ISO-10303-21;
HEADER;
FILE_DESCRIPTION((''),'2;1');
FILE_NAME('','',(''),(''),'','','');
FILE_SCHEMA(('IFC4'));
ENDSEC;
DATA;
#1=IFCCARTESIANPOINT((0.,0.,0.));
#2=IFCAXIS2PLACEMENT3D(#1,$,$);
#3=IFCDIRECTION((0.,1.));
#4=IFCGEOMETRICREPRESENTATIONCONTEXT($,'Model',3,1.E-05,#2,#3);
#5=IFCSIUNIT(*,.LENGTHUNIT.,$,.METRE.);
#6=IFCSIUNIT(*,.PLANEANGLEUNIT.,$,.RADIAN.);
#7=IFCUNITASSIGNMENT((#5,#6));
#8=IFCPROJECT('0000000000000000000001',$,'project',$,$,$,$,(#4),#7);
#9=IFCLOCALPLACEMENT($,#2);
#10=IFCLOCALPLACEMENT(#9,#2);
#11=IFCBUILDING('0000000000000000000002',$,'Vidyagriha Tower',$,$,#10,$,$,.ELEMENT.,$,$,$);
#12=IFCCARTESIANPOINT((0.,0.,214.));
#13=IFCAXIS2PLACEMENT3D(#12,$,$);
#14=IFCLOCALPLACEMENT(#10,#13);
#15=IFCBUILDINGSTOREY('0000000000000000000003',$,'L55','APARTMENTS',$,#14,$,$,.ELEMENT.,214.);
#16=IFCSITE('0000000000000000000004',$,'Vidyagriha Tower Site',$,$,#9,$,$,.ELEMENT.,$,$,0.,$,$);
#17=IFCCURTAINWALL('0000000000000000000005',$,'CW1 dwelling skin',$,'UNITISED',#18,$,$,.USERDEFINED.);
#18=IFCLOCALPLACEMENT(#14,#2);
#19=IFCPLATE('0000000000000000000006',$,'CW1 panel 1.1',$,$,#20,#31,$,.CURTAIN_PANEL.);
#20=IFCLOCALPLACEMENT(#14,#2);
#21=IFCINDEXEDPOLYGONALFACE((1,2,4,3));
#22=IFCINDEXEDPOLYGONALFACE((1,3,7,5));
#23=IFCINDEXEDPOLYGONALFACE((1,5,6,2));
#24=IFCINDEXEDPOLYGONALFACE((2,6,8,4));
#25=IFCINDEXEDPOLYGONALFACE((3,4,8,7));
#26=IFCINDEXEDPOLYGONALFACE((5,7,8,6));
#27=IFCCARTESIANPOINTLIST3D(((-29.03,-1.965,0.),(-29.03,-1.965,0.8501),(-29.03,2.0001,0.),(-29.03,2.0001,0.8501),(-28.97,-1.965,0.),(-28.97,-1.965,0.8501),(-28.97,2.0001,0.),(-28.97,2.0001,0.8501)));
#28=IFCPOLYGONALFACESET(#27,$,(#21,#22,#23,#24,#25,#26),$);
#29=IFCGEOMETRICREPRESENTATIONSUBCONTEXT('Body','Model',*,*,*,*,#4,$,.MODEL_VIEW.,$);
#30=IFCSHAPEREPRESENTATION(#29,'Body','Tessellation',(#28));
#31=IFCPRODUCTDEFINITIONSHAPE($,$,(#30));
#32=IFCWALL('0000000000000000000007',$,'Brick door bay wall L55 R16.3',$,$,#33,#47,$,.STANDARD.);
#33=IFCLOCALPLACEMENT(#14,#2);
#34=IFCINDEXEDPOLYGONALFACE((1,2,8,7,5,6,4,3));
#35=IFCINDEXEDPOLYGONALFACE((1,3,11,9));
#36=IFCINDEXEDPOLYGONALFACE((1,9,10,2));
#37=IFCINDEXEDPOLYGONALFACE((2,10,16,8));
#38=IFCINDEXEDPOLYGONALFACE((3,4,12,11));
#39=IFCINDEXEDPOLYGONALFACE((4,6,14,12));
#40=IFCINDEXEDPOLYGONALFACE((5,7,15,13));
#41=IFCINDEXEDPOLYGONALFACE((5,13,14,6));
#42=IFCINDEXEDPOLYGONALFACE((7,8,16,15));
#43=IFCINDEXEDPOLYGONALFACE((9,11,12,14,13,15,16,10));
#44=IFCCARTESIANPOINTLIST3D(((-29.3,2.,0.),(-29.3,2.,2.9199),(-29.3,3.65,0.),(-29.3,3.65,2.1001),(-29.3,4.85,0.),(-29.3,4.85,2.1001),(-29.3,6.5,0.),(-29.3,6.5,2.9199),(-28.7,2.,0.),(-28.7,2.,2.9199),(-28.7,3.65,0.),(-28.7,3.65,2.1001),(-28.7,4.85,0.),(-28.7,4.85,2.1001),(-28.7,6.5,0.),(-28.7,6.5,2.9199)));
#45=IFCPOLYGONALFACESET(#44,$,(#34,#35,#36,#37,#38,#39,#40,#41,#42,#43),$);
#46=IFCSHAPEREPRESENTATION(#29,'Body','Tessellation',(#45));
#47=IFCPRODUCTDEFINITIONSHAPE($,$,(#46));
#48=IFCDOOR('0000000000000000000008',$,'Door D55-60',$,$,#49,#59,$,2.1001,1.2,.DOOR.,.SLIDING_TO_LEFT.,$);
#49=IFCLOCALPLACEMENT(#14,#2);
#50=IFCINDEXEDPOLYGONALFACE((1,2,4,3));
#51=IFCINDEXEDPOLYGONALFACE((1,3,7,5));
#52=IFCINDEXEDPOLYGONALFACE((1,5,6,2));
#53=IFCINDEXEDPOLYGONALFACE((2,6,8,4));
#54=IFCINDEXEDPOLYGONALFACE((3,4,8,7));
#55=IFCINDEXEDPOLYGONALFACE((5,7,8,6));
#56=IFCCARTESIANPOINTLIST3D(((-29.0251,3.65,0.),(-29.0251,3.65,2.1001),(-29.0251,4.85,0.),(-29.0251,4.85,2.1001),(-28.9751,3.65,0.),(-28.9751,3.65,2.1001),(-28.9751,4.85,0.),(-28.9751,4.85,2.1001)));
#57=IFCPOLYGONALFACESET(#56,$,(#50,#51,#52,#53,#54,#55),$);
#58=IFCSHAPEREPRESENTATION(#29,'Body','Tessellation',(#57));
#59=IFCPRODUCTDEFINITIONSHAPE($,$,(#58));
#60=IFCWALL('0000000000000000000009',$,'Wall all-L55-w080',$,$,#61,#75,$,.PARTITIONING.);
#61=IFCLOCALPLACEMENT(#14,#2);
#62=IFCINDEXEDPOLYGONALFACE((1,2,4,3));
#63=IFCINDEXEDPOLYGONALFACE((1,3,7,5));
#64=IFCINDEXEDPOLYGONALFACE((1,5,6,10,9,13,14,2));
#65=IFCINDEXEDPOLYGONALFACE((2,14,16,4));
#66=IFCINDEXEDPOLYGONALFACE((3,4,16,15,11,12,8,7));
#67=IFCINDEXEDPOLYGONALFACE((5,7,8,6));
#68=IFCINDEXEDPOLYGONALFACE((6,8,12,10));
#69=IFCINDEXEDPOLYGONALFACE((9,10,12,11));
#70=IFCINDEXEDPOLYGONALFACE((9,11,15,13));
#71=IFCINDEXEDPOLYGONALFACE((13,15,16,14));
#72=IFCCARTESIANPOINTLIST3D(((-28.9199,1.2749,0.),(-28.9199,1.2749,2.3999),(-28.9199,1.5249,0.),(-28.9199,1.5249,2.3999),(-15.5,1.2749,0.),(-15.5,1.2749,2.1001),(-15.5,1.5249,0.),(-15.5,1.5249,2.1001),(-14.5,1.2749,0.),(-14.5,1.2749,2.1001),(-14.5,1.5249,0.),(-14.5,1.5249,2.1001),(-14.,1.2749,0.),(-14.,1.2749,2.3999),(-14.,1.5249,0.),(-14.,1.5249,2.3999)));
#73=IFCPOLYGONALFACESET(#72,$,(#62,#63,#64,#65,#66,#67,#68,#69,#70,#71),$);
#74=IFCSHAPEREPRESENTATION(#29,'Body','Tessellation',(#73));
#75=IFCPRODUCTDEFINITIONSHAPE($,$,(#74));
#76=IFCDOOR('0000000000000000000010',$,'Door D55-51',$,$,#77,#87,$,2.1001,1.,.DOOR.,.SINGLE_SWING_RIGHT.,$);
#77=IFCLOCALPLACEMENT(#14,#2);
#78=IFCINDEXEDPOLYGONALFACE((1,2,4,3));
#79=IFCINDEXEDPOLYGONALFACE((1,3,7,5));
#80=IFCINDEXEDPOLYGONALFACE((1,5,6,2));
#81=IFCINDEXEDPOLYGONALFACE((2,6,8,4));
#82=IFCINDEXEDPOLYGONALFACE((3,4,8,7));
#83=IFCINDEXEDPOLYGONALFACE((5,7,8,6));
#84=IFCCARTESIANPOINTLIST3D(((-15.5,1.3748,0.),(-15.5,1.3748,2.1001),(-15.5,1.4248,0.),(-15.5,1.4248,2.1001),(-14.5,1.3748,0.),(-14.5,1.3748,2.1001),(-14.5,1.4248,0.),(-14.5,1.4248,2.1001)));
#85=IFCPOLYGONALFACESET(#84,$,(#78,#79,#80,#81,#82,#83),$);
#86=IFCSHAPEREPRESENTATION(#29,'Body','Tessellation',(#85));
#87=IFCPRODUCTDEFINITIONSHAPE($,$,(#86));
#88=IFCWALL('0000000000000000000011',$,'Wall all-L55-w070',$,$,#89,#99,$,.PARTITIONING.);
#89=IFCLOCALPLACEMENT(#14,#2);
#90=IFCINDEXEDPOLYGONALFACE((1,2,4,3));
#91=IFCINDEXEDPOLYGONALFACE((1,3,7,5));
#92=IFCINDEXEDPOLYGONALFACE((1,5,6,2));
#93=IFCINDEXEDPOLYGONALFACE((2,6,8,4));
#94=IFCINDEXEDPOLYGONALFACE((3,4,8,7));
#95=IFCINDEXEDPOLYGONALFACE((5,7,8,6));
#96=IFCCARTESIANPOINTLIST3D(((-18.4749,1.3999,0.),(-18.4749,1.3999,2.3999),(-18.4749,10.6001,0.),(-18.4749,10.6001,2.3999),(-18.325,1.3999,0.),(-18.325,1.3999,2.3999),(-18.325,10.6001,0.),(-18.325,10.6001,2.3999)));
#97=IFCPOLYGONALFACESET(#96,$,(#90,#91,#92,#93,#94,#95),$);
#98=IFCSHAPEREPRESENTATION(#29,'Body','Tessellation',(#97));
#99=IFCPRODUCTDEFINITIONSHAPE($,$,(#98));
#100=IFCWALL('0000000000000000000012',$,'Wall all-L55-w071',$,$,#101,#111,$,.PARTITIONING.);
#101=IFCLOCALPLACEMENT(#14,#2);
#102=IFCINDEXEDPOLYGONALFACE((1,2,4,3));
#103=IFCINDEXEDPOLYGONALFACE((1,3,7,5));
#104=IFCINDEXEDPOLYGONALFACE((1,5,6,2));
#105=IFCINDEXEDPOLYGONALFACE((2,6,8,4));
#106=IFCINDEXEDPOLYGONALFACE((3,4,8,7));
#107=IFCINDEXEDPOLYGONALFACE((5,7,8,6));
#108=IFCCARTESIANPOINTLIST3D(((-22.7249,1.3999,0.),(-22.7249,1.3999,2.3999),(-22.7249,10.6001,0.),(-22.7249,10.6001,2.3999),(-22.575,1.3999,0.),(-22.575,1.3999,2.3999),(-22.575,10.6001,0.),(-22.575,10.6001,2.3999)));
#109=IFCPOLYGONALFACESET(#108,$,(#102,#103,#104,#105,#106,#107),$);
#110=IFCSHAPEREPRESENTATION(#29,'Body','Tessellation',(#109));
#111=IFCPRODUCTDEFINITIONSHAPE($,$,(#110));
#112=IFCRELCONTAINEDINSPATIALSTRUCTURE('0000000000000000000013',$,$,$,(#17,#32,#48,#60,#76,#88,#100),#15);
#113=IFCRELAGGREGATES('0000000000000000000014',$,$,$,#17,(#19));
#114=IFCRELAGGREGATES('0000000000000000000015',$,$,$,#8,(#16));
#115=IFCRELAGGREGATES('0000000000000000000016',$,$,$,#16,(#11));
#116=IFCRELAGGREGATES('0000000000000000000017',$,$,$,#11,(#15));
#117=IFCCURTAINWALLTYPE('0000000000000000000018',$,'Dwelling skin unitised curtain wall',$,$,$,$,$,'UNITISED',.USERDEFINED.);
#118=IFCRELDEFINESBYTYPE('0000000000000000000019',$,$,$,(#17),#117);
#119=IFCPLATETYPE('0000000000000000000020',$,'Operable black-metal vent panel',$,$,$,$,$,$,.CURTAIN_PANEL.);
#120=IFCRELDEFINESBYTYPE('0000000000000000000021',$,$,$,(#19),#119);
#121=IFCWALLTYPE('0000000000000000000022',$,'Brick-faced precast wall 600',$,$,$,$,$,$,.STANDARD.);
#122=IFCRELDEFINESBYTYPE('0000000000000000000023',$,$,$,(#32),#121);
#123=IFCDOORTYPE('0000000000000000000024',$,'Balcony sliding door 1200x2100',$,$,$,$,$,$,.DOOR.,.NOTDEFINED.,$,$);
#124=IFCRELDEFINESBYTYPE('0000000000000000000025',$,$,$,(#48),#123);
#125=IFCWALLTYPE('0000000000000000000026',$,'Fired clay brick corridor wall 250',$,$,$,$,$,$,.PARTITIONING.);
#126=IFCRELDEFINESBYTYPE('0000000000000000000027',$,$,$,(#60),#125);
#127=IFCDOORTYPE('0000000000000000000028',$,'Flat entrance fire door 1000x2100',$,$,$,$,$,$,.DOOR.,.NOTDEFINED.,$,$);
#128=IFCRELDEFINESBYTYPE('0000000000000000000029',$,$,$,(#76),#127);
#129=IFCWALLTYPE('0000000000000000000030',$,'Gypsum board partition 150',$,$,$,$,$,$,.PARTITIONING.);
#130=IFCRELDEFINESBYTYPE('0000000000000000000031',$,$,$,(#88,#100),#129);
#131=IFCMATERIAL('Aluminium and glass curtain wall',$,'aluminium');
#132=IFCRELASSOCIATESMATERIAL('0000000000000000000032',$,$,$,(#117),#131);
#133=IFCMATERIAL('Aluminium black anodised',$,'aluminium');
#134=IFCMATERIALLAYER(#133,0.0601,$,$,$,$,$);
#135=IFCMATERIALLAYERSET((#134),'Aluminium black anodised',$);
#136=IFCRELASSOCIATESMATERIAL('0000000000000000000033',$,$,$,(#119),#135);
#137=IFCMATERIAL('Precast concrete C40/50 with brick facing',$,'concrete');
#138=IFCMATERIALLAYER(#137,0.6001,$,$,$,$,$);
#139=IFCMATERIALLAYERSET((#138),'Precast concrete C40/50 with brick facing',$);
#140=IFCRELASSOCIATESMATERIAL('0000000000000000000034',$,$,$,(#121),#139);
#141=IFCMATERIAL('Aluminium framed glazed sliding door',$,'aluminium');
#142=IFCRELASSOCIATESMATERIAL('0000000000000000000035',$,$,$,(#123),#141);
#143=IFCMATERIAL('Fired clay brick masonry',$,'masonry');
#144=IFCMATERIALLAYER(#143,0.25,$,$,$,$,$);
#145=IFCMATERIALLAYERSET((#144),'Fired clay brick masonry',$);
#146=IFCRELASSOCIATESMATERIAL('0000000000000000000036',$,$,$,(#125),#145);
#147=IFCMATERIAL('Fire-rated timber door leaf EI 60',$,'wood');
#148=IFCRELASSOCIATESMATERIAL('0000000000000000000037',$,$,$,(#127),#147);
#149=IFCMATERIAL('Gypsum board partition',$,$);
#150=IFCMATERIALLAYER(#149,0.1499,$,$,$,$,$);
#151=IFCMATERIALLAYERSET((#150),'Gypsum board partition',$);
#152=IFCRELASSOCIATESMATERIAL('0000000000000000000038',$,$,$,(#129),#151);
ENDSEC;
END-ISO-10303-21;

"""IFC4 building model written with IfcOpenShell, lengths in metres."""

from ifc_helpers import new_model, si_unit, direction, frame, frame_2d, origin, origin_2d, place, context, subcontext, project, spatial, rectangle, extrude, material, layer, layer_set, type_object, element, fill, aggregate, save


model = new_model("IFC4")

# Units and contexts
model_context = context("Model", 3, precision=1e-05, world=origin(), true_north=direction((0.0, 1.0)))
body_context = subcontext(model_context, "Body", "Model", "MODEL_VIEW")
ifc_project = project(units=[si_unit("LENGTHUNIT", "METRE"), si_unit("PLANEANGLEUNIT", "RADIAN")], contexts=[model_context])

# Site, building, storey
site_placement = place(None, origin())
site = spatial("IfcSite", under=ifc_project, at=site_placement, Name="Vidyagriha Tower Site", CompositionType="ELEMENT", RefElevation=0.0)
building_placement = place(site_placement, origin())
building = spatial("IfcBuilding", under=site, at=building_placement, Name="Vidyagriha Tower", CompositionType="ELEMENT")
storey_placement = place(building_placement, frame((0.0, 0.0, 214.0)))
storey = spatial("IfcBuildingStorey", under=building, at=storey_placement, Name="L55", Description="APARTMENTS", CompositionType="ELEMENT", Elevation=214.0)

# Shared definitions
ifc_material_1 = material(Name="Aluminium and glass curtain wall", Category="aluminium")
curtain_wall_type = type_object("IfcCurtainWallType", Name="Dwelling skin unitised curtain wall", ElementType="UNITISED", PredefinedType="USERDEFINED", material=ifc_material_1)

# Curtain wall
curtain_wall_1_placement = place(storey_placement, origin())
curtain_wall_1 = element("IfcCurtainWall", 1, at=curtain_wall_1_placement, inside=storey, type_object=curtain_wall_type, Name="CW1 dwelling skin", ObjectType="UNITISED", PredefinedType="USERDEFINED")

# Plate
ifc_material_2 = material(Name="Aluminium black anodised", Category="aluminium")
ifc_layer_1 = layer(ifc_material_2, 0.0601)
ifc_layer_set_1 = layer_set([ifc_layer_1], Name="Aluminium black anodised")
plate_type_1 = type_object("IfcPlateType", Name="Operable black-metal vent panel", PredefinedType="CURTAIN_PANEL", material=ifc_layer_set_1)
plate_1_placement = place(storey_placement, frame((-29.0, 0.0176, 0.0), z_axis=(0.0, 0.0, 1.0), x_axis=(0.0, -1.0, 0.0)))
plate_1 = element("IfcPlate", 2, at=plate_1_placement, type_object=plate_type_1, Name="CW1 panel 1.1", PredefinedType="CURTAIN_PANEL", context=body_context, shape_type="SweptSolid", body=[
    extrude(rectangle(XDim=3.9651, YDim=0.0601, at=origin_2d()), origin(), (0.0, 0.0, 1.0), 0.8501),
])
aggregate(curtain_wall_1, [plate_1])

# Walls, openings, doors
ifc_material_3 = material(Name="Precast concrete C40/50 with brick facing", Category="concrete")
ifc_layer_2 = layer(ifc_material_3, 0.6001)
ifc_layer_set_2 = layer_set([ifc_layer_2], Name="Precast concrete C40/50 with brick facing")
wall_type_1 = type_object("IfcWallType", Name="Brick-faced precast wall 600", PredefinedType="STANDARD", material=ifc_layer_set_2)
wall_1_placement = place(storey_placement, frame((-29.0, 6.5, 0.0), z_axis=(0.0, 0.0, 1.0), x_axis=(0.0, -1.0, 0.0)))
wall_1 = element("IfcWall", 3, at=wall_1_placement, inside=storey, type_object=wall_type_1, Name="Brick door bay wall L55 R16.3", PredefinedType="STANDARD", context=body_context, shape_type="SweptSolid", body=[
    extrude(rectangle(XDim=4.5, YDim=0.6001, at=frame_2d((2.25, 0.0))), origin(), (0.0, 0.0, 1.0), 2.9199),
])
opening_1_placement = place(wall_1_placement, frame((1.6499, 0.0, 0.0)))
opening_1 = element("IfcOpeningElement", 4, at=opening_1_placement, cuts=wall_1, PredefinedType="OPENING", context=body_context, shape_type="SweptSolid", body=[
    extrude(rectangle(XDim=1.2, YDim=2.1001, at=frame_2d((0.6001, 1.05))), frame((0.0, 0.3101, 0.0), z_axis=(0.0, -1.0, 0.0), x_axis=(1.0, 0.0, 0.0)), (0.0, 0.0, 1.0), 0.6201),
])
ifc_material_4 = material(Name="Aluminium framed glazed sliding door", Category="aluminium")
door_type_1 = type_object("IfcDoorType", Name="Balcony sliding door 1200x2100", OperationType="NOTDEFINED", PredefinedType="DOOR", material=ifc_material_4)
door_1_placement = place(opening_1_placement, origin())
door_1 = element("IfcDoor", 5, at=door_1_placement, inside=storey, type_object=door_type_1, Name="Door D55-60", OperationType="SLIDING_TO_LEFT", OverallHeight=2.1001, OverallWidth=1.2, PredefinedType="DOOR", context=body_context, shape_type="SweptSolid", body=[
    extrude(rectangle(XDim=1.2, YDim=2.1001, at=frame_2d((0.6001, 1.05))), frame((0.0, 0.0249, 0.0), z_axis=(0.0, -1.0, 0.0), x_axis=(1.0, 0.0, 0.0)), (0.0, 0.0, 1.0), 0.05),
])
fill(opening_1, door_1)
ifc_material_5 = material(Name="Fired clay brick masonry", Category="masonry")
ifc_layer_3 = layer(ifc_material_5, 0.25)
ifc_layer_set_3 = layer_set([ifc_layer_3], Name="Fired clay brick masonry")
wall_type_2 = type_object("IfcWallType", Name="Fired clay brick corridor wall 250", PredefinedType="PARTITIONING", material=ifc_layer_set_3)
wall_2_placement = place(storey_placement, frame((-28.9199, 1.3999, 0.0)))
wall_2 = element("IfcWall", 6, at=wall_2_placement, inside=storey, type_object=wall_type_2, Name="Wall all-L55-w080", PredefinedType="PARTITIONING", context=body_context, shape_type="SweptSolid", body=[
    extrude(rectangle(XDim=14.9199, YDim=0.25, at=frame_2d((7.46, 0.0))), origin(), (0.0, 0.0, 1.0), 2.3999),
])
opening_2_placement = place(wall_2_placement, frame((13.4199, 0.0, 0.0)))
opening_2 = element("IfcOpeningElement", 7, at=opening_2_placement, cuts=wall_2, PredefinedType="OPENING", context=body_context, shape_type="SweptSolid", body=[
    extrude(rectangle(XDim=1.0, YDim=2.1001, at=frame_2d((0.5, 1.05))), frame((0.0, 0.135, 0.0), z_axis=(0.0, -1.0, 0.0), x_axis=(1.0, 0.0, 0.0)), (0.0, 0.0, 1.0), 0.27),
])
ifc_material_6 = material(Name="Fire-rated timber door leaf EI 60", Category="wood")
door_type_2 = type_object("IfcDoorType", Name="Flat entrance fire door 1000x2100", OperationType="NOTDEFINED", PredefinedType="DOOR", material=ifc_material_6)
door_2_placement = place(opening_2_placement, origin())
door_2 = element("IfcDoor", 8, at=door_2_placement, inside=storey, type_object=door_type_2, Name="Door D55-51", OperationType="SINGLE_SWING_RIGHT", OverallHeight=2.1001, OverallWidth=1.0, PredefinedType="DOOR", context=body_context, shape_type="SweptSolid", body=[
    extrude(rectangle(XDim=1.0, YDim=2.1001, at=frame_2d((0.5, 1.05))), frame((0.0, 0.0249, 0.0), z_axis=(0.0, -1.0, 0.0), x_axis=(1.0, 0.0, 0.0)), (0.0, 0.0, 1.0), 0.05),
])
fill(opening_2, door_2)

# Walls
ifc_material_7 = material(Name="Gypsum board partition")
ifc_layer_4 = layer(ifc_material_7, 0.1499)
ifc_layer_set_4 = layer_set([ifc_layer_4], Name="Gypsum board partition")
wall_type_3 = type_object("IfcWallType", Name="Gypsum board partition 150", PredefinedType="PARTITIONING", material=ifc_layer_set_4)
for number, where, z_axis, x_axis, name in (
    (9, (-18.3999, 1.3999, 0.0), (0.0, 0.0, 1.0), (0.0, 1.0, 0.0), "Wall all-L55-w070"),
    (10, (-22.6499, 1.3999, 0.0), (0.0, 0.0, 1.0), (0.0, 1.0, 0.0), "Wall all-L55-w071"),
):
    element("IfcWall", number, at=place(storey_placement, frame(where, z_axis=z_axis, x_axis=x_axis)), inside=storey, type_object=wall_type_3, Name=name, PredefinedType="PARTITIONING", context=body_context, shape_type="SweptSolid", body=[
        extrude(rectangle(XDim=9.2002, YDim=0.1499, at=frame_2d((4.6001, 0.0))), origin(), (0.0, 0.0, 1.0), 2.3999),
    ])

save(model, "model.ifc")
